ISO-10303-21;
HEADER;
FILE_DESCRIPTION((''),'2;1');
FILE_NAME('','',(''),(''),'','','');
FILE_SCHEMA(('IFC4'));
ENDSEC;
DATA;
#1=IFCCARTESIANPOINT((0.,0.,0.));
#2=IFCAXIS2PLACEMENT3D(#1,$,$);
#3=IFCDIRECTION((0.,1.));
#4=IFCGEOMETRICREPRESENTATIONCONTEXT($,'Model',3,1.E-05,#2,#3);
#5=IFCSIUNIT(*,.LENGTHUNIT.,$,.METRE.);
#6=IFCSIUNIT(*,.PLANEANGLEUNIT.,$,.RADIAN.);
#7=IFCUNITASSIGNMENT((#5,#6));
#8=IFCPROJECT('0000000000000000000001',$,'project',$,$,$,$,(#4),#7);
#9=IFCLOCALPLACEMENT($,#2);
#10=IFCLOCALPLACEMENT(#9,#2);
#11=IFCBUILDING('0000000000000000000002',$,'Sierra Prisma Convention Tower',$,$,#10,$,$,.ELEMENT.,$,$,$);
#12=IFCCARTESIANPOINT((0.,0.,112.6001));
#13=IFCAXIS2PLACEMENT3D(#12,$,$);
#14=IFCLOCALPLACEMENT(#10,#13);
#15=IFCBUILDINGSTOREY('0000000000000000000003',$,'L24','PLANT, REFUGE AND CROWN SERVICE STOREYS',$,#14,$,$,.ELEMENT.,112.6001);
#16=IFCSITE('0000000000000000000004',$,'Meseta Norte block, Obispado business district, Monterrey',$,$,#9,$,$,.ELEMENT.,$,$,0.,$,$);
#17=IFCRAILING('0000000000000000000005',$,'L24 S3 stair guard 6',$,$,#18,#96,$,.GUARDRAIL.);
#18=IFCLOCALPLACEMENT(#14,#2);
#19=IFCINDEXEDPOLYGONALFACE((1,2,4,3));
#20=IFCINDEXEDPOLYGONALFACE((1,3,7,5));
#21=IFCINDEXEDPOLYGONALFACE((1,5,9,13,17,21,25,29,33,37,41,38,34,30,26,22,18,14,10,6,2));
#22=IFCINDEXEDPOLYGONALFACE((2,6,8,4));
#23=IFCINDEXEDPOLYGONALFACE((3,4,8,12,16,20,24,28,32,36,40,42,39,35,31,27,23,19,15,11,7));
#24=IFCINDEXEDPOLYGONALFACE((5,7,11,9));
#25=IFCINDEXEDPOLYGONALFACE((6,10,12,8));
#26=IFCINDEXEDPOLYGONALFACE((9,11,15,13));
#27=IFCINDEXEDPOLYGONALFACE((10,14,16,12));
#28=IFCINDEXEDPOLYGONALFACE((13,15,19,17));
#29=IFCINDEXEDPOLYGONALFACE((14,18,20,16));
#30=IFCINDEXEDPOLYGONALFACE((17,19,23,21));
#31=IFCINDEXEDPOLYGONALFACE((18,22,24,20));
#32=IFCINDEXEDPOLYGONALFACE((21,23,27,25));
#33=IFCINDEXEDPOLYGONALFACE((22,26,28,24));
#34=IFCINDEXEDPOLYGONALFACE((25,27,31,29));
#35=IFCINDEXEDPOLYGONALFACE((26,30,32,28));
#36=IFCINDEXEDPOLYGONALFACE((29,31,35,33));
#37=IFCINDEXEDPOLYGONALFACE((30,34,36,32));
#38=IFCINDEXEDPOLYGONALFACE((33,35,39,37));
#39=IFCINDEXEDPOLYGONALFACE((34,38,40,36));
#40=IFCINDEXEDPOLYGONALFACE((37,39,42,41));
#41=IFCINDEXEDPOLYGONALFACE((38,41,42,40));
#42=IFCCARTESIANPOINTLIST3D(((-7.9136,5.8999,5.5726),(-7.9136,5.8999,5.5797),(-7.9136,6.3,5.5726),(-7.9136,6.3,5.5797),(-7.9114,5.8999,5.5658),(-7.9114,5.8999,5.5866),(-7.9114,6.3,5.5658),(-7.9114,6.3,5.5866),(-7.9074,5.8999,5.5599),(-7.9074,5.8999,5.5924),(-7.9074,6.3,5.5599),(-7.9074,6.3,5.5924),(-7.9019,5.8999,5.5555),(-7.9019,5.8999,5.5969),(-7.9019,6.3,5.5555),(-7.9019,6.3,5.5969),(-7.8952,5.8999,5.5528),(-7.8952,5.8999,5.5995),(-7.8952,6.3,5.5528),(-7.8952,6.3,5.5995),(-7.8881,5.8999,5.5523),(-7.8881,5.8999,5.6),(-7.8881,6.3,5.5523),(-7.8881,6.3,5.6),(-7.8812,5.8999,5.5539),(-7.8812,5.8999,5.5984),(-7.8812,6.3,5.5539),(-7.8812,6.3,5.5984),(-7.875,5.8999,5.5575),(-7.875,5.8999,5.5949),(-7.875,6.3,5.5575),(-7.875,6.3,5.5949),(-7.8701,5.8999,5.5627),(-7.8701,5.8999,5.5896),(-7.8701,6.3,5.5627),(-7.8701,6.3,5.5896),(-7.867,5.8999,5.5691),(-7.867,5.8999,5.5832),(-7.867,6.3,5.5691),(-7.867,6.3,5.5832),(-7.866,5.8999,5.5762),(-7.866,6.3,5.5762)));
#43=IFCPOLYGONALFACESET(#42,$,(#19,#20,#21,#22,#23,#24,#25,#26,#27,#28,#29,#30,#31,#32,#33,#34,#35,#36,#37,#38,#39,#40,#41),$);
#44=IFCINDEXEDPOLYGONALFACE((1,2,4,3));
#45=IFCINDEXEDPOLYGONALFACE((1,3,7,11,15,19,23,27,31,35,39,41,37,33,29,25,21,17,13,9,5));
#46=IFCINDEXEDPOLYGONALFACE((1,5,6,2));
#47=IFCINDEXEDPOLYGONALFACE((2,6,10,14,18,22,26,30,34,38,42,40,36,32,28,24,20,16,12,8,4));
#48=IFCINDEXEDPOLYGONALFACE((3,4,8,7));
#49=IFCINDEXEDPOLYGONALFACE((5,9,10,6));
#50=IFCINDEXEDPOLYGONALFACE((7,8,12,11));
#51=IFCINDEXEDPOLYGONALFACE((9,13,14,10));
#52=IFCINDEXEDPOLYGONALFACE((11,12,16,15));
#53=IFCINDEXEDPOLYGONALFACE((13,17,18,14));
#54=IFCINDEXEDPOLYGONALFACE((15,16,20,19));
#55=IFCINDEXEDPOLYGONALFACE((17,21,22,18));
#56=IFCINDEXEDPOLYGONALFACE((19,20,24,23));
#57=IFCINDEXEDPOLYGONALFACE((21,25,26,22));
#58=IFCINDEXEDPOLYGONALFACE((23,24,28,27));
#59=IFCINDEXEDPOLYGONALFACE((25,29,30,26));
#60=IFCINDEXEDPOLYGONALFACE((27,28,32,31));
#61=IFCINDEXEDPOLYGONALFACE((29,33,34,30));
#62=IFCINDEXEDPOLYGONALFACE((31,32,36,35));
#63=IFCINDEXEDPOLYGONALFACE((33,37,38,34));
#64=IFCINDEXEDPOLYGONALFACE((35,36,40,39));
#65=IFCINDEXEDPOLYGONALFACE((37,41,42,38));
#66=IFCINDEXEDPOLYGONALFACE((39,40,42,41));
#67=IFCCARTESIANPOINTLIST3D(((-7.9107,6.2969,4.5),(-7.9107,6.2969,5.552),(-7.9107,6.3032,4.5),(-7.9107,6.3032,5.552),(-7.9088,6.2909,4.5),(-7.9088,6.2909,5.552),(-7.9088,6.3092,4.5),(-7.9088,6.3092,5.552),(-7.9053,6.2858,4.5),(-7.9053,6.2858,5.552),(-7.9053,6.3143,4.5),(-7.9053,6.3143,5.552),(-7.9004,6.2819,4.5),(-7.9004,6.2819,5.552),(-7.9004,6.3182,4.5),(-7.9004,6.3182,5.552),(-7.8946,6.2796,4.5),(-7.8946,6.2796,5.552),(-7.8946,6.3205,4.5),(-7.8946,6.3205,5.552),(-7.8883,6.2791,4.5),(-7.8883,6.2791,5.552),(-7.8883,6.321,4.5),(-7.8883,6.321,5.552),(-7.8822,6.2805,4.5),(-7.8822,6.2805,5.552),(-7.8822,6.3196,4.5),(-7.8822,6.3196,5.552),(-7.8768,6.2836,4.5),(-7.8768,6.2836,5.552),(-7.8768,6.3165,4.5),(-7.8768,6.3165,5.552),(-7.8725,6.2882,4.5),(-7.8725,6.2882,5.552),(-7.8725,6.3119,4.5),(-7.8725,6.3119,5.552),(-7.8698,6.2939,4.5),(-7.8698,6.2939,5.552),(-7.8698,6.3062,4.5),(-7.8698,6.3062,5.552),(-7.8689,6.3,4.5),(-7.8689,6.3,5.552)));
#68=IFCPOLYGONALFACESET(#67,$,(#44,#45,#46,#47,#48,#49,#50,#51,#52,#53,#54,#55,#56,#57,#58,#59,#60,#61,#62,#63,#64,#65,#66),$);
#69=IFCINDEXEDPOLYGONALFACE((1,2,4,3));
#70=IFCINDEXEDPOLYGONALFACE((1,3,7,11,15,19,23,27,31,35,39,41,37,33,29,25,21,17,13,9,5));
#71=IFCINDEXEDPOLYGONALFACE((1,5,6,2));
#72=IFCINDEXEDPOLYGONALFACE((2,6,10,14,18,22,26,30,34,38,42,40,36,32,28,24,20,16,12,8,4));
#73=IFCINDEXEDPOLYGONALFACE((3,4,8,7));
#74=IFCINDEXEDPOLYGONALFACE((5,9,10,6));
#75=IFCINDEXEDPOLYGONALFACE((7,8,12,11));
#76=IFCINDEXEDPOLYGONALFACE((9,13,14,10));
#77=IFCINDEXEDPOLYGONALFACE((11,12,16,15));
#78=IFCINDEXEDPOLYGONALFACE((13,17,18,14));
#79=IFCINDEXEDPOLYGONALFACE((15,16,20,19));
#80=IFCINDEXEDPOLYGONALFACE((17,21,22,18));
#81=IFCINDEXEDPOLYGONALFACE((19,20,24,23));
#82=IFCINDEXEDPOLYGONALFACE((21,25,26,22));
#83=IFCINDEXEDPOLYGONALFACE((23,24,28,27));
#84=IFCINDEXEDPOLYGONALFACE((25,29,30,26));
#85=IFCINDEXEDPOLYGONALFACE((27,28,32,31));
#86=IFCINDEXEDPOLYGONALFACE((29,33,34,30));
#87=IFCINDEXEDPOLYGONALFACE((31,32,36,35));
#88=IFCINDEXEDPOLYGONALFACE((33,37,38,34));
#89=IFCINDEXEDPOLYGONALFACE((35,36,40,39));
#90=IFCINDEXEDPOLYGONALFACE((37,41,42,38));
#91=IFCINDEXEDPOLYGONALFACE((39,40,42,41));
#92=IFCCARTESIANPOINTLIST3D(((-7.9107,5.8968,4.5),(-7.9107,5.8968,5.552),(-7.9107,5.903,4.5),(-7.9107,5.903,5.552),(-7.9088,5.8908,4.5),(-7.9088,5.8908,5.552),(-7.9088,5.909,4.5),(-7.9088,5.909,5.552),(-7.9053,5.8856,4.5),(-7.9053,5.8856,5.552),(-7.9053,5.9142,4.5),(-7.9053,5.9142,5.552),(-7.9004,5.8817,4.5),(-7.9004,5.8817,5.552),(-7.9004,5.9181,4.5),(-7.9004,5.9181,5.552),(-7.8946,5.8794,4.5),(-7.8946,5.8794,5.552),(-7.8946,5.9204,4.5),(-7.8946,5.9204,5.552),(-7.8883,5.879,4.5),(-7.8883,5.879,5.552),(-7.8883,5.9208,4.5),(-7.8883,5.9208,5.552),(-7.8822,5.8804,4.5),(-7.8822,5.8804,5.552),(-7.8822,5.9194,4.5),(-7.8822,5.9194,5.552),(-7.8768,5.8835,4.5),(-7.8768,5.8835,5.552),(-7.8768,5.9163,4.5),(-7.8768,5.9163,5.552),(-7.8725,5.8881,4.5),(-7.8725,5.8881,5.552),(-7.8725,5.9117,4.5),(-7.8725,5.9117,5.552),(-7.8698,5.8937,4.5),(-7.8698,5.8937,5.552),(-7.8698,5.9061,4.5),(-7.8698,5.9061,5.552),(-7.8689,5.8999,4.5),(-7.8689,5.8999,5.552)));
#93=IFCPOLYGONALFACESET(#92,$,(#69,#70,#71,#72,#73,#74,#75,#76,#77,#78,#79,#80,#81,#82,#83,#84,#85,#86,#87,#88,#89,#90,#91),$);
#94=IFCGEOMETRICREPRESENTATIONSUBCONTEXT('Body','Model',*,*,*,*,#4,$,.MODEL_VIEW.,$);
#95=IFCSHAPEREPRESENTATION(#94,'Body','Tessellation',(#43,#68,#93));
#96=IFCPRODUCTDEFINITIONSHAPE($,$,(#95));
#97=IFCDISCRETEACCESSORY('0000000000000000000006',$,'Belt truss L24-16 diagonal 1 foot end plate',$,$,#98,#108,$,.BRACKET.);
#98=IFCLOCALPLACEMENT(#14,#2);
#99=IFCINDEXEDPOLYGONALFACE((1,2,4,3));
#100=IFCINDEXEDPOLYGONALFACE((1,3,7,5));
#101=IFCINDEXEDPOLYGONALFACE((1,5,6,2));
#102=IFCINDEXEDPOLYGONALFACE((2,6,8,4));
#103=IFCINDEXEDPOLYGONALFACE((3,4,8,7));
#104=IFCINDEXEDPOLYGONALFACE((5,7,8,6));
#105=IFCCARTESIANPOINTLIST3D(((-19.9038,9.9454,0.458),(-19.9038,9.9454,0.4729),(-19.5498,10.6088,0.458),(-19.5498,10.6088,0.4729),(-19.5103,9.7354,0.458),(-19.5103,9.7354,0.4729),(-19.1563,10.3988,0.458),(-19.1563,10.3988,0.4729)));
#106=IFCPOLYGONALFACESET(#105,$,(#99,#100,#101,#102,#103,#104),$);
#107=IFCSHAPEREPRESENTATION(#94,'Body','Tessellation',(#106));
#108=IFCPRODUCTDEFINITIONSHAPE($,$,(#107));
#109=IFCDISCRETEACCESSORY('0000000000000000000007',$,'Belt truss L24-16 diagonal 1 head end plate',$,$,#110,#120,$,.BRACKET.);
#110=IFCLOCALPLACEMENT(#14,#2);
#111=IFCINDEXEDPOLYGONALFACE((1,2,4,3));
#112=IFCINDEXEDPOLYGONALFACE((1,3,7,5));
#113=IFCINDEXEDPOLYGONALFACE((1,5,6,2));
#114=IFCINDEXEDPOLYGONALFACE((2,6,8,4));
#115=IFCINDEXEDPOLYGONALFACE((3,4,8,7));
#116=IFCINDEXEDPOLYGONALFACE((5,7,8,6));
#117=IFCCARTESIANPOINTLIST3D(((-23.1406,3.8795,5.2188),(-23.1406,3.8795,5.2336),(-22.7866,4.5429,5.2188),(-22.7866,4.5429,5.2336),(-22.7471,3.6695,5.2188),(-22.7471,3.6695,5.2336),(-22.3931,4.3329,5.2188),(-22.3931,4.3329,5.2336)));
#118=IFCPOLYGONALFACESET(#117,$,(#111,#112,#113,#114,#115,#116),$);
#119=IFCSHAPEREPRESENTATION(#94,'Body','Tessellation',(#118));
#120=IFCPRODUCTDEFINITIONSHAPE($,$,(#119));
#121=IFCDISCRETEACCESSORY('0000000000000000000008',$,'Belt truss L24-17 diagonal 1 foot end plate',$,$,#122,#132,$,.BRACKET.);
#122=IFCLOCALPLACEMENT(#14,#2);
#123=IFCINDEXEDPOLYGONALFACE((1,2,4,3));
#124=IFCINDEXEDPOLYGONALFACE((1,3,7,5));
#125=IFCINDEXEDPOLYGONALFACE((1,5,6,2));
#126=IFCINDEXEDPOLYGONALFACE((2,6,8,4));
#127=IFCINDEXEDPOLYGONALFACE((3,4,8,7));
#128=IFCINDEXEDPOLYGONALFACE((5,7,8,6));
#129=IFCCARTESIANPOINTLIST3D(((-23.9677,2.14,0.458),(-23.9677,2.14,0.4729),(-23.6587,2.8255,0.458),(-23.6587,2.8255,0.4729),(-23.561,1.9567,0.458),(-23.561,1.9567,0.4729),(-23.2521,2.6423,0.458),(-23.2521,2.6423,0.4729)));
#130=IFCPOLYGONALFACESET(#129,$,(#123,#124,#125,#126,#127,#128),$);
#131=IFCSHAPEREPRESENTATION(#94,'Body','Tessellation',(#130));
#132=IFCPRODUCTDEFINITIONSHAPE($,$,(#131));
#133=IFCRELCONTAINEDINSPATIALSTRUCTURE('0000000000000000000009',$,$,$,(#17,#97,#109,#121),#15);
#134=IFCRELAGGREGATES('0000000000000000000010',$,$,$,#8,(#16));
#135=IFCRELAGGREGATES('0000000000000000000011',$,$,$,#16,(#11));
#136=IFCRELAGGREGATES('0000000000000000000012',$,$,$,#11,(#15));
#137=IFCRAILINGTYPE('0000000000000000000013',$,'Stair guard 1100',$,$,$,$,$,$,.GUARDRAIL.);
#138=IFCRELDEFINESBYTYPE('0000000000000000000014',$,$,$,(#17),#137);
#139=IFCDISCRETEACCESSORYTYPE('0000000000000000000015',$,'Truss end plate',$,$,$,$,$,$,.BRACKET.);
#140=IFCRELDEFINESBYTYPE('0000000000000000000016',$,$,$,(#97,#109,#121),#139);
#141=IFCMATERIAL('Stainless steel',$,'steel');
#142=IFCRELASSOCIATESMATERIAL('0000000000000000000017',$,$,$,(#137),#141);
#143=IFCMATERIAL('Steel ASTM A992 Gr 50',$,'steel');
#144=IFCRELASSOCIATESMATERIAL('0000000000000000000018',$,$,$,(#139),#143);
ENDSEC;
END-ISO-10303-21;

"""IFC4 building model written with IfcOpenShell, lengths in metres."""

from ifc_helpers import new_model, si_unit, direction, frame, origin, origin_2d, place, context, subcontext, project, spatial, rectangle, circle, extrude, material, type_object, element, save


model = new_model("IFC4")

# Units and contexts
model_context = context("Model", 3, precision=1e-05, world=origin(), true_north=direction((0.0, 1.0)))
body_context = subcontext(model_context, "Body", "Model", "MODEL_VIEW")
ifc_project = project(units=[si_unit("LENGTHUNIT", "METRE"), si_unit("PLANEANGLEUNIT", "RADIAN")], contexts=[model_context])

# Site, building, storey
site_placement = place(None, origin())
site = spatial("IfcSite", under=ifc_project, at=site_placement, Name="Meseta Norte block, Obispado business district, Monterrey", CompositionType="ELEMENT", RefElevation=0.0)
building_placement = place(site_placement, origin())
building = spatial("IfcBuilding", under=site, at=building_placement, Name="Sierra Prisma Convention Tower", CompositionType="ELEMENT")
storey_placement = place(building_placement, frame((0.0, 0.0, 112.6001)))
storey = spatial("IfcBuildingStorey", under=building, at=storey_placement, Name="L24", Description="PLANT, REFUGE AND CROWN SERVICE STOREYS", CompositionType="ELEMENT", Elevation=112.6001)

# Railing
ifc_material_1 = material(Name="Stainless steel", Category="steel")
railing_type_1 = type_object("IfcRailingType", Name="Stair guard 1100", PredefinedType="GUARDRAIL", material=ifc_material_1)
for number, where, name in (
    (1, (-7.8899, 6.3, 4.5), "L24 S3 stair guard 6"),
):
    element("IfcRailing", number, at=place(storey_placement, frame(where)), inside=storey, type_object=railing_type_1, Name=name, PredefinedType="GUARDRAIL", context=body_context, shape_type="SweptSolid", body=[
        extrude(circle(Radius=0.0239, at=origin_2d()), frame((0.0, 0.0, 1.0762), z_axis=(0.0, -1.0, 0.0), x_axis=(1.0, 0.0, 0.0)), (0.0, 0.0, 1.0), 0.4001),
        extrude(circle(Radius=0.021, at=origin_2d()), origin(), (0.0, 0.0, 1.0), 1.052),
        extrude(circle(Radius=0.021, at=origin_2d()), frame((0.0, -0.4001, 0.0)), (0.0, 0.0, 1.0), 1.052),
    ])

# Discrete accessories
ifc_material_2 = material(Name="Steel ASTM A992 Gr 50", Category="steel")
discrete_accessory_type = type_object("IfcDiscreteAccessoryType", Name="Truss end plate", PredefinedType="BRACKET", material=ifc_material_2)
for number, where, z_axis, x_axis, name in (
    (2, (-19.53, 10.1721, 0.458), (0.0, 0.0, 1.0), (-0.470798, -0.882241, 0.0), "Belt truss L24-16 diagonal 1 foot end plate"),
    (3, (-22.7668, 4.1062, 5.2188), (0.0, 0.0, 1.0), (-0.470798, -0.882241, 0.0), "Belt truss L24-16 diagonal 1 head end plate"),
    (4, (-23.6099, 2.3911, 0.458), (0.0, 0.0, 1.0), (-0.41086, -0.911698, 0.0), "Belt truss L24-17 diagonal 1 foot end plate"),
):
    element("IfcDiscreteAccessory", number, at=place(storey_placement, frame(where, z_axis=z_axis, x_axis=x_axis)), inside=storey, type_object=discrete_accessory_type, Name=name, PredefinedType="BRACKET", context=body_context, shape_type="SweptSolid", body=[
        extrude(rectangle(XDim=0.752, YDim=0.446, at=origin_2d()), origin(), (0.0, 0.0, 1.0), 0.0149),
    ])

save(model, "model.ifc")
